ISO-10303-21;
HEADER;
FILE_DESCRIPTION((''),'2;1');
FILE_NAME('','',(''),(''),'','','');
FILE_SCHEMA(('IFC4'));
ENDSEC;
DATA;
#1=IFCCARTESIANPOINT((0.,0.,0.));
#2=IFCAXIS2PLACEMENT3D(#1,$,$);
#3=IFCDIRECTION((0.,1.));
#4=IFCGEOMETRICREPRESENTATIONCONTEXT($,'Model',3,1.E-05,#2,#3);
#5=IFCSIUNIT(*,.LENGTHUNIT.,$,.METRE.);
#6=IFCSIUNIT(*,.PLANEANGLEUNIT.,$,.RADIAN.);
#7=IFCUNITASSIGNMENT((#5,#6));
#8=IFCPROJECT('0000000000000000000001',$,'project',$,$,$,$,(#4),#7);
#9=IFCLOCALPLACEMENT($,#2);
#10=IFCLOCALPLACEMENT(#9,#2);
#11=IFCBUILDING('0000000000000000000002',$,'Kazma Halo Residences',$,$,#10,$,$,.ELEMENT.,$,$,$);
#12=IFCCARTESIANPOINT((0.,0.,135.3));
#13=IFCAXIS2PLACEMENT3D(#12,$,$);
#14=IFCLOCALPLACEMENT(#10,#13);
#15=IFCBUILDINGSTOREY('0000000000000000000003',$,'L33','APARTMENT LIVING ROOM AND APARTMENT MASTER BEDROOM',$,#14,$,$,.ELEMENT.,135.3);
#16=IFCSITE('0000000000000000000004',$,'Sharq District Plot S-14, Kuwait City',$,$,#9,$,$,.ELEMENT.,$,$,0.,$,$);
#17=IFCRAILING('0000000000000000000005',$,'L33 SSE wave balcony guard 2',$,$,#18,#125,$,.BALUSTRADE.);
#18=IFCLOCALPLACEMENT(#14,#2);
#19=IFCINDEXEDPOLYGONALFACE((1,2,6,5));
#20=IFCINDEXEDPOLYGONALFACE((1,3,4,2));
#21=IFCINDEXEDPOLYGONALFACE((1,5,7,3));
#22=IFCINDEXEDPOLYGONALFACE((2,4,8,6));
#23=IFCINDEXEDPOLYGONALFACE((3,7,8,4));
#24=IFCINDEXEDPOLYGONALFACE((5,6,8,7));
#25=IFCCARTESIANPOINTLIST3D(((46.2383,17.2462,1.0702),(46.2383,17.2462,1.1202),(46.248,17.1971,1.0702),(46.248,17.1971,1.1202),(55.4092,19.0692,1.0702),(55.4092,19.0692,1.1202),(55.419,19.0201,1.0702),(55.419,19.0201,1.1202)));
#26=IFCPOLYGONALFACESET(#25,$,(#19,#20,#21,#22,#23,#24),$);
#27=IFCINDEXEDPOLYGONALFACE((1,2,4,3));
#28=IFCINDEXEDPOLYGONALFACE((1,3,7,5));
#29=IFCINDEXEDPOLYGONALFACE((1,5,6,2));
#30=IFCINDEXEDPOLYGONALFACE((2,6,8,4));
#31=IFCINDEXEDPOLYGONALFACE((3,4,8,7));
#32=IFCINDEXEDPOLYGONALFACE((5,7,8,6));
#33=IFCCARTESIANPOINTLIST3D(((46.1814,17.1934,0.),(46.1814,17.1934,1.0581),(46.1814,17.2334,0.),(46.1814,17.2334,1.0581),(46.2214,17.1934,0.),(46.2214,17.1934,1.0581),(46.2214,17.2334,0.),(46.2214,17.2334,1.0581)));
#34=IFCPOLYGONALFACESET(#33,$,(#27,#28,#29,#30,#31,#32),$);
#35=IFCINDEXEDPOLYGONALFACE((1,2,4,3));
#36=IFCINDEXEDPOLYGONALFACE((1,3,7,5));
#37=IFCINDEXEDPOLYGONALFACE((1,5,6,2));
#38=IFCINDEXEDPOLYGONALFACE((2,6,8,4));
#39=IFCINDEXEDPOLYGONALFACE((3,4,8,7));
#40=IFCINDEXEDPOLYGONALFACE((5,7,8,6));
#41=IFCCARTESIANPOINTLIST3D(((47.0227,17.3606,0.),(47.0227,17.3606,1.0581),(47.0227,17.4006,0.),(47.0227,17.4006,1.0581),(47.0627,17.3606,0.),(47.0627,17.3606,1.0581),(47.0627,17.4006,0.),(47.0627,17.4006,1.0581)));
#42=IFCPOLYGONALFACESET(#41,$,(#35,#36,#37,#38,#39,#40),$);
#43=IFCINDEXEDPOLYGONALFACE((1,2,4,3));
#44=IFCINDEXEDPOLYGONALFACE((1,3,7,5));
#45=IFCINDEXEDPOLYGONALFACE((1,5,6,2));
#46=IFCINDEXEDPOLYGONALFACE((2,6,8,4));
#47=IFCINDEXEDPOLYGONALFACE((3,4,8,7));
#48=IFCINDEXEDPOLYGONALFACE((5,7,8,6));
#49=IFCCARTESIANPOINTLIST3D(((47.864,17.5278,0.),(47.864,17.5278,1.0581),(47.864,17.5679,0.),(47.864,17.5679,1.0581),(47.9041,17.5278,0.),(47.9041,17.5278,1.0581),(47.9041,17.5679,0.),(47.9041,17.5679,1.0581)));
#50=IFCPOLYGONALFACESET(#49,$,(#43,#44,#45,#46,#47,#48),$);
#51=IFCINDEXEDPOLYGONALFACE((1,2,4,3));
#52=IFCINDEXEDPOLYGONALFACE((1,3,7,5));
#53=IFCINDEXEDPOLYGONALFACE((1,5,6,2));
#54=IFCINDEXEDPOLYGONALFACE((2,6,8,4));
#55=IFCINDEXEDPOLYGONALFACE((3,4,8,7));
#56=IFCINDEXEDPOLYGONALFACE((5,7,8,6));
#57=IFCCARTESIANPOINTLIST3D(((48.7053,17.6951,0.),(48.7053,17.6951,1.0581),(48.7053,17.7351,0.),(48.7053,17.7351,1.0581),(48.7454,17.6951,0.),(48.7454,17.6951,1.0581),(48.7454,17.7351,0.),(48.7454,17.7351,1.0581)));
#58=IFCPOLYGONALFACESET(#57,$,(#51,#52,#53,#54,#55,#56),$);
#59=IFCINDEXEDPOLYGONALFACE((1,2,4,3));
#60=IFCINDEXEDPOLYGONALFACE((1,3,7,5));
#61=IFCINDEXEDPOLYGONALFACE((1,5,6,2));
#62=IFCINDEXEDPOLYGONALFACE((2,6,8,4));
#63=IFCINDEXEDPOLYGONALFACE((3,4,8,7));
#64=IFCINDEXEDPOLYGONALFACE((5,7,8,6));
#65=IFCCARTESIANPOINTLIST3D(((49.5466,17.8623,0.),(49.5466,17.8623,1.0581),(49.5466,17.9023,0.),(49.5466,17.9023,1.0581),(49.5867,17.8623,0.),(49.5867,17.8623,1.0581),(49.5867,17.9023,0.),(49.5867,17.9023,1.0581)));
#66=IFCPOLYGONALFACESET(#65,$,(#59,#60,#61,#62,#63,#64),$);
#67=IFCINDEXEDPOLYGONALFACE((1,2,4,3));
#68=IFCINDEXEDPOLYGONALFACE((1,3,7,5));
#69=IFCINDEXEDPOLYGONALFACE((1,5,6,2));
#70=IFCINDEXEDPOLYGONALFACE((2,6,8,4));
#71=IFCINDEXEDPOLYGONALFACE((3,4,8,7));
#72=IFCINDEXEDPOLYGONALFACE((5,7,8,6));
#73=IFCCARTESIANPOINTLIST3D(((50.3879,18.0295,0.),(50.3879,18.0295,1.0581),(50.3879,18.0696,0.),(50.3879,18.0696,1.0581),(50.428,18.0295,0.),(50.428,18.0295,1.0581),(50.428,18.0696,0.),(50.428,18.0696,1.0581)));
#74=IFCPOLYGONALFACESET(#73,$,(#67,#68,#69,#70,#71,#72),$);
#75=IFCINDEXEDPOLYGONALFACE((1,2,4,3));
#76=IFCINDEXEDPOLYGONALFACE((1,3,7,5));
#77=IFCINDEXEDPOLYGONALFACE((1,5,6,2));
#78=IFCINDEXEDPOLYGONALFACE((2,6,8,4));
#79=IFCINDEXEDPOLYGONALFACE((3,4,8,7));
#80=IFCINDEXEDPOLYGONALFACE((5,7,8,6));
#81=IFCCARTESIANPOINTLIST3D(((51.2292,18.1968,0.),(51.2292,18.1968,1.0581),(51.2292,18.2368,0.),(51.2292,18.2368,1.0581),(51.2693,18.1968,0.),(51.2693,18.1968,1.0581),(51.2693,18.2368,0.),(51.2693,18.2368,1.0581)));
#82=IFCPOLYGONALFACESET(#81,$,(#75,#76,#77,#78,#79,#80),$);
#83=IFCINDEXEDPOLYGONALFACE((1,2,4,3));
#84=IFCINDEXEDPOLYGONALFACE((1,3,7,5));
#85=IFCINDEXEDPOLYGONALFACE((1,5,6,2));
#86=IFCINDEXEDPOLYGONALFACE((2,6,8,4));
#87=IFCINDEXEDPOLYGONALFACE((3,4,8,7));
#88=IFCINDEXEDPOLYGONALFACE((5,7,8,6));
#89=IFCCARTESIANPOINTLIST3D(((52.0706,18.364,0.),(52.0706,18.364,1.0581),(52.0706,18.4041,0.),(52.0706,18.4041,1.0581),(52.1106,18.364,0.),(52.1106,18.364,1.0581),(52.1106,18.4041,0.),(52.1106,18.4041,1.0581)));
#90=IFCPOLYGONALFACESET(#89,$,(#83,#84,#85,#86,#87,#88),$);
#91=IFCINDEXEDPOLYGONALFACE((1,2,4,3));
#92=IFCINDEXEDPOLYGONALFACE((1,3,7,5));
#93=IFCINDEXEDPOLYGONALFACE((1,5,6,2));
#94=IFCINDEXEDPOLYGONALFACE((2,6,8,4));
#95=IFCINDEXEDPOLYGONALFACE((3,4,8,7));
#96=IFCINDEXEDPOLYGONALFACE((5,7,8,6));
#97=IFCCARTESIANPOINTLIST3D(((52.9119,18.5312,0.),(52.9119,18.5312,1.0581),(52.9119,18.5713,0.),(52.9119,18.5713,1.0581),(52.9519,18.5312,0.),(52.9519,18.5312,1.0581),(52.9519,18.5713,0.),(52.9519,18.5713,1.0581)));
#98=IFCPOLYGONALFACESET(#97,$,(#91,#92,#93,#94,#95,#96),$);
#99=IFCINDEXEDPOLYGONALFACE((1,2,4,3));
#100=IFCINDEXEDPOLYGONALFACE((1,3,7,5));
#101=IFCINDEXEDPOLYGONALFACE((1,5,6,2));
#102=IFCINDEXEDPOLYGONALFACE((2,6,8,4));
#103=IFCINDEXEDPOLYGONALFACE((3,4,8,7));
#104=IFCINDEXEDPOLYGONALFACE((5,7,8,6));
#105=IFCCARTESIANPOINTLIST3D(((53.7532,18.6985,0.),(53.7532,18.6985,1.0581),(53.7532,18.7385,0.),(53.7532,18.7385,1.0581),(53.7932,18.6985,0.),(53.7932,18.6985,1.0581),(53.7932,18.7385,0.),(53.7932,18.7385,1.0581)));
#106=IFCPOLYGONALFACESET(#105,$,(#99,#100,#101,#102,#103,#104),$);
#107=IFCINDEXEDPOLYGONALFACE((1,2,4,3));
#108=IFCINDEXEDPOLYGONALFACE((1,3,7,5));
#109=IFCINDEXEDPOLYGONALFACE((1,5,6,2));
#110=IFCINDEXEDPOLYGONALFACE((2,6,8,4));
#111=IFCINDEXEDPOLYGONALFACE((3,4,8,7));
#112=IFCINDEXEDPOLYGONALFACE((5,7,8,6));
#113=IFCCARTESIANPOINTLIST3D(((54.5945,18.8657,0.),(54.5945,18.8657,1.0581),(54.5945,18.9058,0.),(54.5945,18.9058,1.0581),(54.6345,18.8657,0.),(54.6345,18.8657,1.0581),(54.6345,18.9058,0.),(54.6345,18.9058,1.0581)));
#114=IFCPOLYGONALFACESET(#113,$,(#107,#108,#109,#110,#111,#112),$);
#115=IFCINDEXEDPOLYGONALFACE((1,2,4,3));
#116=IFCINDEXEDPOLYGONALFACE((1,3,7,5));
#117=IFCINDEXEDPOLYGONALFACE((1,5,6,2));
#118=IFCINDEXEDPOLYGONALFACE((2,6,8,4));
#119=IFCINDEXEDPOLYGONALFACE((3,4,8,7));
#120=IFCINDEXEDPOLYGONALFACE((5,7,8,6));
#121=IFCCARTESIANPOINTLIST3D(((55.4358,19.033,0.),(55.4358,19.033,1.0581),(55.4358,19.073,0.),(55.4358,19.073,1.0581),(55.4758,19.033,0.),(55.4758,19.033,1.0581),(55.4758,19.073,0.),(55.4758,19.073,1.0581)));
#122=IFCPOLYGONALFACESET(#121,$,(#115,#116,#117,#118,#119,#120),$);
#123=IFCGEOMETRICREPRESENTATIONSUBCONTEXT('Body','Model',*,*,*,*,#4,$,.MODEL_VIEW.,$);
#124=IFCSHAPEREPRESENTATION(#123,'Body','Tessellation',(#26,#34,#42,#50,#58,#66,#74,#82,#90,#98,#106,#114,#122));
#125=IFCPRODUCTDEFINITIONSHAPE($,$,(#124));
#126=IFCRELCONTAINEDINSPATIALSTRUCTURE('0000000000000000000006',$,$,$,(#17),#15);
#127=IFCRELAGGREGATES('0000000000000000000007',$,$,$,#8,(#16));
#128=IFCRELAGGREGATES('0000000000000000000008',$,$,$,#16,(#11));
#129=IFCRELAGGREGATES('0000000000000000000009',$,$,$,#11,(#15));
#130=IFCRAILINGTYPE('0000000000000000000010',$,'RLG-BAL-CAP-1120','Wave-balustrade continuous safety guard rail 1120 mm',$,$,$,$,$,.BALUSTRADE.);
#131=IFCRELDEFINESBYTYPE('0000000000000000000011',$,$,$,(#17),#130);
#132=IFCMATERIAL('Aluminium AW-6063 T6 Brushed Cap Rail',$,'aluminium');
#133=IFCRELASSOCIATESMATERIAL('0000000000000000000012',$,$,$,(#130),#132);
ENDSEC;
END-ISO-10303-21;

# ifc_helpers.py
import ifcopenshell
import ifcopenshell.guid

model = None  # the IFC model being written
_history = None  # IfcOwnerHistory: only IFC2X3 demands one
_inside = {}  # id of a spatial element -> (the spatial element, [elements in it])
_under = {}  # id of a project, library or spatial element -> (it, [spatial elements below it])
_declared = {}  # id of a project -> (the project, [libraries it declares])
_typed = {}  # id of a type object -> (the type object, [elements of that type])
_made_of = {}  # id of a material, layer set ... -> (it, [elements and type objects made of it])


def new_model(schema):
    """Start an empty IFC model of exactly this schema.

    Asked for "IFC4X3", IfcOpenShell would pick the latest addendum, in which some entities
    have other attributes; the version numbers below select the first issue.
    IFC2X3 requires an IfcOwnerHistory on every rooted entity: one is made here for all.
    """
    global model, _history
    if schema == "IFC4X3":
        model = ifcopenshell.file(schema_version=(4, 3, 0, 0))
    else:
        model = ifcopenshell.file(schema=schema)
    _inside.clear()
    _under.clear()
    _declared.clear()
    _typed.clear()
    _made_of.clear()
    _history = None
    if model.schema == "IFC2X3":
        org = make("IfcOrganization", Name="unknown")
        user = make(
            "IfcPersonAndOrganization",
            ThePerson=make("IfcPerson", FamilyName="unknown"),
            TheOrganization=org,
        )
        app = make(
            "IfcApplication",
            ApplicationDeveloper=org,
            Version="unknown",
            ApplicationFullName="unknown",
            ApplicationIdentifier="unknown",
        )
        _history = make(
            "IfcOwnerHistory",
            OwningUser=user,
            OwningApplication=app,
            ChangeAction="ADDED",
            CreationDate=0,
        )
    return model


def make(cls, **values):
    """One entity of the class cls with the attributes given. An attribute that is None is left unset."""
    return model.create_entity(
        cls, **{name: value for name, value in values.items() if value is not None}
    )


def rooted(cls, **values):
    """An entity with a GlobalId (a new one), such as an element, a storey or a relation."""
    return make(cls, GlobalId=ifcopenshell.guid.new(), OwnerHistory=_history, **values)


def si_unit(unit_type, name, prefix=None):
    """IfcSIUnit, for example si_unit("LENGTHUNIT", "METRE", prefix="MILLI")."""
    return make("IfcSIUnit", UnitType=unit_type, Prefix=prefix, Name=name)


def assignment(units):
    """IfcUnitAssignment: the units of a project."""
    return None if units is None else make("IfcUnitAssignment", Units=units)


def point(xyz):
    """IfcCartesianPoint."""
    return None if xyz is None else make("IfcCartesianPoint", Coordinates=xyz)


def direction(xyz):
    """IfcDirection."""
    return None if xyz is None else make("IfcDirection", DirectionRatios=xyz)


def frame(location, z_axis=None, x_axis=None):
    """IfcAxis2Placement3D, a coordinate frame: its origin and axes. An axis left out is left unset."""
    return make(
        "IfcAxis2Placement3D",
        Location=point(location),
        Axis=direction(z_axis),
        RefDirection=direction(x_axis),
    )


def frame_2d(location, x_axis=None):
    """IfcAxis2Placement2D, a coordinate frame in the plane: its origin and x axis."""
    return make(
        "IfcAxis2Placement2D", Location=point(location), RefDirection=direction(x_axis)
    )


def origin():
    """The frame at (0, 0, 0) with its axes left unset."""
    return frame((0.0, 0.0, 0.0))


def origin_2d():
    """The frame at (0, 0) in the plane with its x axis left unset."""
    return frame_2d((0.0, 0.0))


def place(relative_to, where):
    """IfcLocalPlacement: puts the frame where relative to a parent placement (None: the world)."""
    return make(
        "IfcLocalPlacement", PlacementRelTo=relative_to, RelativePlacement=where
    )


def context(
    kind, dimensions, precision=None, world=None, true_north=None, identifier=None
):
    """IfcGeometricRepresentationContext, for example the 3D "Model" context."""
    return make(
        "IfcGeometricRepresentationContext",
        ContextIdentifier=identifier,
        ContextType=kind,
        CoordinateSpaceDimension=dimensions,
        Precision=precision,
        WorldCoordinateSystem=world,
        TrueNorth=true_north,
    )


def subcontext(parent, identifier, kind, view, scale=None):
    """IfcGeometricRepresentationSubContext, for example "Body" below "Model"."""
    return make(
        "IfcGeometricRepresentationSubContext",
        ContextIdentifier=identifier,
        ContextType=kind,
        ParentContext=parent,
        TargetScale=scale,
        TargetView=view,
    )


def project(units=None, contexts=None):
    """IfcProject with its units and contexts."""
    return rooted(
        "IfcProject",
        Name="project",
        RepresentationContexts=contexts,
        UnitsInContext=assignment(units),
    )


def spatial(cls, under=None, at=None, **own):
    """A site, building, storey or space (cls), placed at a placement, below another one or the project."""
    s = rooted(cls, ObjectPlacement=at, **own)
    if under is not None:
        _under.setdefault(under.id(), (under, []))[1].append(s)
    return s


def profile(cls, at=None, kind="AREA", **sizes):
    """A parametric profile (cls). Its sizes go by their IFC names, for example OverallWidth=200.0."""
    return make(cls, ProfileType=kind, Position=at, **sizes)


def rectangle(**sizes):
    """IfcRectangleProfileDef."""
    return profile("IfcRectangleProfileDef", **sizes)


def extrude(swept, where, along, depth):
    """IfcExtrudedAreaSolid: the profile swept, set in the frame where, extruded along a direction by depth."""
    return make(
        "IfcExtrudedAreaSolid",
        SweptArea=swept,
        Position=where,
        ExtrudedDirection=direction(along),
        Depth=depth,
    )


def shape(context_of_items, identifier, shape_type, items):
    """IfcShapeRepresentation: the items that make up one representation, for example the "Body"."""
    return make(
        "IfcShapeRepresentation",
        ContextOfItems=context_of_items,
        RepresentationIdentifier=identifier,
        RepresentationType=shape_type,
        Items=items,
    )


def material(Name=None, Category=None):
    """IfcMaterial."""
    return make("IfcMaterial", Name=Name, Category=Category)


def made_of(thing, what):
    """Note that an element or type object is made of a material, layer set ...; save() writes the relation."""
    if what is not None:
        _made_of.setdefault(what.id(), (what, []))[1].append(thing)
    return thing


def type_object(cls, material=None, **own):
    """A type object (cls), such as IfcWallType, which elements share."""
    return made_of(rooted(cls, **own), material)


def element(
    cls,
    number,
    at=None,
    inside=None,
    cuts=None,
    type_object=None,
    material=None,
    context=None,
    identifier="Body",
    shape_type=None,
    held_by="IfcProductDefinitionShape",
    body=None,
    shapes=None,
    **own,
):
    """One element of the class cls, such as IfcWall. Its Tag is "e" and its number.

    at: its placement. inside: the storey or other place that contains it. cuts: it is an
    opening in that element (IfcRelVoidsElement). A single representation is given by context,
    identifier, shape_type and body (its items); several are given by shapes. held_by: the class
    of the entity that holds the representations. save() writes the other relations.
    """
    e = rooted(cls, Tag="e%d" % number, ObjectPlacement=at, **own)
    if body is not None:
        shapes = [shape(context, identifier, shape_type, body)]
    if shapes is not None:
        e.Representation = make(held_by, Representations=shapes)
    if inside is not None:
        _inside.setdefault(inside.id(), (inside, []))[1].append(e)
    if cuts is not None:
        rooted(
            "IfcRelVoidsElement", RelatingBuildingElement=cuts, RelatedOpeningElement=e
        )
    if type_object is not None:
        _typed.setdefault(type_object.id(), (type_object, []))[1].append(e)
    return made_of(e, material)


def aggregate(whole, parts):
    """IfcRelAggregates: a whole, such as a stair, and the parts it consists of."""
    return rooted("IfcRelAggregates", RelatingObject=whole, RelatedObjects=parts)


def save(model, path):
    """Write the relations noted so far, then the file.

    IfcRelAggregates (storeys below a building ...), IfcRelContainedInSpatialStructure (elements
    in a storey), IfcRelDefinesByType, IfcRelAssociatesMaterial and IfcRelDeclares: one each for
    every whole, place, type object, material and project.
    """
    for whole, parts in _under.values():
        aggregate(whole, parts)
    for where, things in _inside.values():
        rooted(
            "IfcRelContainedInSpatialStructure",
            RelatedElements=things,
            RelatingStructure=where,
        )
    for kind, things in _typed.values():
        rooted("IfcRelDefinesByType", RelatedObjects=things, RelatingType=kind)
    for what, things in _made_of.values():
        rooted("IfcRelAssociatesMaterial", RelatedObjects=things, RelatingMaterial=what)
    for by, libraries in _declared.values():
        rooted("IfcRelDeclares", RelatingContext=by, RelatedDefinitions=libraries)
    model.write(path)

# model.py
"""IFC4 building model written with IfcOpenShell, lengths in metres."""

from ifc_helpers import new_model, si_unit, direction, frame, origin, origin_2d, place, context, subcontext, project, spatial, rectangle, extrude, material, type_object, element, save


model = new_model("IFC4")

# Units and contexts
model_context = context("Model", 3, precision=1e-05, world=origin(), true_north=direction((0.0, 1.0)))
body_context = subcontext(model_context, "Body", "Model", "MODEL_VIEW")
ifc_project = project(units=[si_unit("LENGTHUNIT", "METRE"), si_unit("PLANEANGLEUNIT", "RADIAN")], contexts=[model_context])

# Site, building, storey
site_placement = place(None, origin())
site = spatial("IfcSite", under=ifc_project, at=site_placement, Name="Sharq District Plot S-14, Kuwait City", CompositionType="ELEMENT", RefElevation=0.0)
building_placement = place(site_placement, origin())
building = spatial("IfcBuilding", under=site, at=building_placement, Name="Kazma Halo Residences", CompositionType="ELEMENT")
storey_placement = place(building_placement, frame((0.0, 0.0, 135.3)))
storey = spatial("IfcBuildingStorey", under=building, at=storey_placement, Name="L33", Description="APARTMENT LIVING ROOM AND APARTMENT MASTER BEDROOM", CompositionType="ELEMENT", Elevation=135.3)

# Railing
ifc_material_1 = material(Name="Aluminium AW-6063 T6 Brushed Cap Rail", Category="aluminium")
railing_type = type_object("IfcRailingType", Name="RLG-BAL-CAP-1120", Description="Wave-balustrade continuous safety guard rail 1120 mm", PredefinedType="BALUSTRADE", material=ifc_material_1)
railing_1_placement = place(storey_placement, frame((46.2014, 17.2134, 0.0)))
element("IfcRailing", 1, at=railing_1_placement, inside=storey, type_object=railing_type, Name="L33 SSE wave balcony guard 2", PredefinedType="BALUSTRADE", context=body_context, shape_type="SweptSolid", body=[
    extrude(rectangle(XDim=0.05, YDim=0.05, at=origin_2d()), frame((0.0417, 0.0083, 1.0952), z_axis=(0.98081, 0.194967, 0.0), x_axis=(-0.194967, 0.98081, 0.0)), (0.0, 0.0, 1.0), 9.3503),
    extrude(rectangle(XDim=0.04, YDim=0.04, at=origin_2d()), origin(), (0.0, 0.0, 1.0), 1.0581),
    extrude(rectangle(XDim=0.04, YDim=0.04, at=origin_2d()), frame((0.8413, 0.1672, 0.0)), (0.0, 0.0, 1.0), 1.0581),
    extrude(rectangle(XDim=0.04, YDim=0.04, at=origin_2d()), frame((1.6826, 0.3345, 0.0)), (0.0, 0.0, 1.0), 1.0581),
    extrude(rectangle(XDim=0.04, YDim=0.04, at=origin_2d()), frame((2.5239, 0.5017, 0.0)), (0.0, 0.0, 1.0), 1.0581),
    extrude(rectangle(XDim=0.04, YDim=0.04, at=origin_2d()), frame((3.3652, 0.6689, 0.0)), (0.0, 0.0, 1.0), 1.0581),
    extrude(rectangle(XDim=0.04, YDim=0.04, at=origin_2d()), frame((4.2065, 0.8362, 0.0)), (0.0, 0.0, 1.0), 1.0581),
    extrude(rectangle(XDim=0.04, YDim=0.04, at=origin_2d()), frame((5.0479, 1.0034, 0.0)), (0.0, 0.0, 1.0), 1.0581),
    extrude(rectangle(XDim=0.04, YDim=0.04, at=origin_2d()), frame((5.8892, 1.1707, 0.0)), (0.0, 0.0, 1.0), 1.0581),
    extrude(rectangle(XDim=0.04, YDim=0.04, at=origin_2d()), frame((6.7305, 1.3379, 0.0)), (0.0, 0.0, 1.0), 1.0581),
    extrude(rectangle(XDim=0.04, YDim=0.04, at=origin_2d()), frame((7.5718, 1.5051, 0.0)), (0.0, 0.0, 1.0), 1.0581),
    extrude(rectangle(XDim=0.04, YDim=0.04, at=origin_2d()), frame((8.4131, 1.6724, 0.0)), (0.0, 0.0, 1.0), 1.0581),
    extrude(rectangle(XDim=0.04, YDim=0.04, at=origin_2d()), frame((9.2544, 1.8396, 0.0)), (0.0, 0.0, 1.0), 1.0581),
])

save(model, "model.ifc")
